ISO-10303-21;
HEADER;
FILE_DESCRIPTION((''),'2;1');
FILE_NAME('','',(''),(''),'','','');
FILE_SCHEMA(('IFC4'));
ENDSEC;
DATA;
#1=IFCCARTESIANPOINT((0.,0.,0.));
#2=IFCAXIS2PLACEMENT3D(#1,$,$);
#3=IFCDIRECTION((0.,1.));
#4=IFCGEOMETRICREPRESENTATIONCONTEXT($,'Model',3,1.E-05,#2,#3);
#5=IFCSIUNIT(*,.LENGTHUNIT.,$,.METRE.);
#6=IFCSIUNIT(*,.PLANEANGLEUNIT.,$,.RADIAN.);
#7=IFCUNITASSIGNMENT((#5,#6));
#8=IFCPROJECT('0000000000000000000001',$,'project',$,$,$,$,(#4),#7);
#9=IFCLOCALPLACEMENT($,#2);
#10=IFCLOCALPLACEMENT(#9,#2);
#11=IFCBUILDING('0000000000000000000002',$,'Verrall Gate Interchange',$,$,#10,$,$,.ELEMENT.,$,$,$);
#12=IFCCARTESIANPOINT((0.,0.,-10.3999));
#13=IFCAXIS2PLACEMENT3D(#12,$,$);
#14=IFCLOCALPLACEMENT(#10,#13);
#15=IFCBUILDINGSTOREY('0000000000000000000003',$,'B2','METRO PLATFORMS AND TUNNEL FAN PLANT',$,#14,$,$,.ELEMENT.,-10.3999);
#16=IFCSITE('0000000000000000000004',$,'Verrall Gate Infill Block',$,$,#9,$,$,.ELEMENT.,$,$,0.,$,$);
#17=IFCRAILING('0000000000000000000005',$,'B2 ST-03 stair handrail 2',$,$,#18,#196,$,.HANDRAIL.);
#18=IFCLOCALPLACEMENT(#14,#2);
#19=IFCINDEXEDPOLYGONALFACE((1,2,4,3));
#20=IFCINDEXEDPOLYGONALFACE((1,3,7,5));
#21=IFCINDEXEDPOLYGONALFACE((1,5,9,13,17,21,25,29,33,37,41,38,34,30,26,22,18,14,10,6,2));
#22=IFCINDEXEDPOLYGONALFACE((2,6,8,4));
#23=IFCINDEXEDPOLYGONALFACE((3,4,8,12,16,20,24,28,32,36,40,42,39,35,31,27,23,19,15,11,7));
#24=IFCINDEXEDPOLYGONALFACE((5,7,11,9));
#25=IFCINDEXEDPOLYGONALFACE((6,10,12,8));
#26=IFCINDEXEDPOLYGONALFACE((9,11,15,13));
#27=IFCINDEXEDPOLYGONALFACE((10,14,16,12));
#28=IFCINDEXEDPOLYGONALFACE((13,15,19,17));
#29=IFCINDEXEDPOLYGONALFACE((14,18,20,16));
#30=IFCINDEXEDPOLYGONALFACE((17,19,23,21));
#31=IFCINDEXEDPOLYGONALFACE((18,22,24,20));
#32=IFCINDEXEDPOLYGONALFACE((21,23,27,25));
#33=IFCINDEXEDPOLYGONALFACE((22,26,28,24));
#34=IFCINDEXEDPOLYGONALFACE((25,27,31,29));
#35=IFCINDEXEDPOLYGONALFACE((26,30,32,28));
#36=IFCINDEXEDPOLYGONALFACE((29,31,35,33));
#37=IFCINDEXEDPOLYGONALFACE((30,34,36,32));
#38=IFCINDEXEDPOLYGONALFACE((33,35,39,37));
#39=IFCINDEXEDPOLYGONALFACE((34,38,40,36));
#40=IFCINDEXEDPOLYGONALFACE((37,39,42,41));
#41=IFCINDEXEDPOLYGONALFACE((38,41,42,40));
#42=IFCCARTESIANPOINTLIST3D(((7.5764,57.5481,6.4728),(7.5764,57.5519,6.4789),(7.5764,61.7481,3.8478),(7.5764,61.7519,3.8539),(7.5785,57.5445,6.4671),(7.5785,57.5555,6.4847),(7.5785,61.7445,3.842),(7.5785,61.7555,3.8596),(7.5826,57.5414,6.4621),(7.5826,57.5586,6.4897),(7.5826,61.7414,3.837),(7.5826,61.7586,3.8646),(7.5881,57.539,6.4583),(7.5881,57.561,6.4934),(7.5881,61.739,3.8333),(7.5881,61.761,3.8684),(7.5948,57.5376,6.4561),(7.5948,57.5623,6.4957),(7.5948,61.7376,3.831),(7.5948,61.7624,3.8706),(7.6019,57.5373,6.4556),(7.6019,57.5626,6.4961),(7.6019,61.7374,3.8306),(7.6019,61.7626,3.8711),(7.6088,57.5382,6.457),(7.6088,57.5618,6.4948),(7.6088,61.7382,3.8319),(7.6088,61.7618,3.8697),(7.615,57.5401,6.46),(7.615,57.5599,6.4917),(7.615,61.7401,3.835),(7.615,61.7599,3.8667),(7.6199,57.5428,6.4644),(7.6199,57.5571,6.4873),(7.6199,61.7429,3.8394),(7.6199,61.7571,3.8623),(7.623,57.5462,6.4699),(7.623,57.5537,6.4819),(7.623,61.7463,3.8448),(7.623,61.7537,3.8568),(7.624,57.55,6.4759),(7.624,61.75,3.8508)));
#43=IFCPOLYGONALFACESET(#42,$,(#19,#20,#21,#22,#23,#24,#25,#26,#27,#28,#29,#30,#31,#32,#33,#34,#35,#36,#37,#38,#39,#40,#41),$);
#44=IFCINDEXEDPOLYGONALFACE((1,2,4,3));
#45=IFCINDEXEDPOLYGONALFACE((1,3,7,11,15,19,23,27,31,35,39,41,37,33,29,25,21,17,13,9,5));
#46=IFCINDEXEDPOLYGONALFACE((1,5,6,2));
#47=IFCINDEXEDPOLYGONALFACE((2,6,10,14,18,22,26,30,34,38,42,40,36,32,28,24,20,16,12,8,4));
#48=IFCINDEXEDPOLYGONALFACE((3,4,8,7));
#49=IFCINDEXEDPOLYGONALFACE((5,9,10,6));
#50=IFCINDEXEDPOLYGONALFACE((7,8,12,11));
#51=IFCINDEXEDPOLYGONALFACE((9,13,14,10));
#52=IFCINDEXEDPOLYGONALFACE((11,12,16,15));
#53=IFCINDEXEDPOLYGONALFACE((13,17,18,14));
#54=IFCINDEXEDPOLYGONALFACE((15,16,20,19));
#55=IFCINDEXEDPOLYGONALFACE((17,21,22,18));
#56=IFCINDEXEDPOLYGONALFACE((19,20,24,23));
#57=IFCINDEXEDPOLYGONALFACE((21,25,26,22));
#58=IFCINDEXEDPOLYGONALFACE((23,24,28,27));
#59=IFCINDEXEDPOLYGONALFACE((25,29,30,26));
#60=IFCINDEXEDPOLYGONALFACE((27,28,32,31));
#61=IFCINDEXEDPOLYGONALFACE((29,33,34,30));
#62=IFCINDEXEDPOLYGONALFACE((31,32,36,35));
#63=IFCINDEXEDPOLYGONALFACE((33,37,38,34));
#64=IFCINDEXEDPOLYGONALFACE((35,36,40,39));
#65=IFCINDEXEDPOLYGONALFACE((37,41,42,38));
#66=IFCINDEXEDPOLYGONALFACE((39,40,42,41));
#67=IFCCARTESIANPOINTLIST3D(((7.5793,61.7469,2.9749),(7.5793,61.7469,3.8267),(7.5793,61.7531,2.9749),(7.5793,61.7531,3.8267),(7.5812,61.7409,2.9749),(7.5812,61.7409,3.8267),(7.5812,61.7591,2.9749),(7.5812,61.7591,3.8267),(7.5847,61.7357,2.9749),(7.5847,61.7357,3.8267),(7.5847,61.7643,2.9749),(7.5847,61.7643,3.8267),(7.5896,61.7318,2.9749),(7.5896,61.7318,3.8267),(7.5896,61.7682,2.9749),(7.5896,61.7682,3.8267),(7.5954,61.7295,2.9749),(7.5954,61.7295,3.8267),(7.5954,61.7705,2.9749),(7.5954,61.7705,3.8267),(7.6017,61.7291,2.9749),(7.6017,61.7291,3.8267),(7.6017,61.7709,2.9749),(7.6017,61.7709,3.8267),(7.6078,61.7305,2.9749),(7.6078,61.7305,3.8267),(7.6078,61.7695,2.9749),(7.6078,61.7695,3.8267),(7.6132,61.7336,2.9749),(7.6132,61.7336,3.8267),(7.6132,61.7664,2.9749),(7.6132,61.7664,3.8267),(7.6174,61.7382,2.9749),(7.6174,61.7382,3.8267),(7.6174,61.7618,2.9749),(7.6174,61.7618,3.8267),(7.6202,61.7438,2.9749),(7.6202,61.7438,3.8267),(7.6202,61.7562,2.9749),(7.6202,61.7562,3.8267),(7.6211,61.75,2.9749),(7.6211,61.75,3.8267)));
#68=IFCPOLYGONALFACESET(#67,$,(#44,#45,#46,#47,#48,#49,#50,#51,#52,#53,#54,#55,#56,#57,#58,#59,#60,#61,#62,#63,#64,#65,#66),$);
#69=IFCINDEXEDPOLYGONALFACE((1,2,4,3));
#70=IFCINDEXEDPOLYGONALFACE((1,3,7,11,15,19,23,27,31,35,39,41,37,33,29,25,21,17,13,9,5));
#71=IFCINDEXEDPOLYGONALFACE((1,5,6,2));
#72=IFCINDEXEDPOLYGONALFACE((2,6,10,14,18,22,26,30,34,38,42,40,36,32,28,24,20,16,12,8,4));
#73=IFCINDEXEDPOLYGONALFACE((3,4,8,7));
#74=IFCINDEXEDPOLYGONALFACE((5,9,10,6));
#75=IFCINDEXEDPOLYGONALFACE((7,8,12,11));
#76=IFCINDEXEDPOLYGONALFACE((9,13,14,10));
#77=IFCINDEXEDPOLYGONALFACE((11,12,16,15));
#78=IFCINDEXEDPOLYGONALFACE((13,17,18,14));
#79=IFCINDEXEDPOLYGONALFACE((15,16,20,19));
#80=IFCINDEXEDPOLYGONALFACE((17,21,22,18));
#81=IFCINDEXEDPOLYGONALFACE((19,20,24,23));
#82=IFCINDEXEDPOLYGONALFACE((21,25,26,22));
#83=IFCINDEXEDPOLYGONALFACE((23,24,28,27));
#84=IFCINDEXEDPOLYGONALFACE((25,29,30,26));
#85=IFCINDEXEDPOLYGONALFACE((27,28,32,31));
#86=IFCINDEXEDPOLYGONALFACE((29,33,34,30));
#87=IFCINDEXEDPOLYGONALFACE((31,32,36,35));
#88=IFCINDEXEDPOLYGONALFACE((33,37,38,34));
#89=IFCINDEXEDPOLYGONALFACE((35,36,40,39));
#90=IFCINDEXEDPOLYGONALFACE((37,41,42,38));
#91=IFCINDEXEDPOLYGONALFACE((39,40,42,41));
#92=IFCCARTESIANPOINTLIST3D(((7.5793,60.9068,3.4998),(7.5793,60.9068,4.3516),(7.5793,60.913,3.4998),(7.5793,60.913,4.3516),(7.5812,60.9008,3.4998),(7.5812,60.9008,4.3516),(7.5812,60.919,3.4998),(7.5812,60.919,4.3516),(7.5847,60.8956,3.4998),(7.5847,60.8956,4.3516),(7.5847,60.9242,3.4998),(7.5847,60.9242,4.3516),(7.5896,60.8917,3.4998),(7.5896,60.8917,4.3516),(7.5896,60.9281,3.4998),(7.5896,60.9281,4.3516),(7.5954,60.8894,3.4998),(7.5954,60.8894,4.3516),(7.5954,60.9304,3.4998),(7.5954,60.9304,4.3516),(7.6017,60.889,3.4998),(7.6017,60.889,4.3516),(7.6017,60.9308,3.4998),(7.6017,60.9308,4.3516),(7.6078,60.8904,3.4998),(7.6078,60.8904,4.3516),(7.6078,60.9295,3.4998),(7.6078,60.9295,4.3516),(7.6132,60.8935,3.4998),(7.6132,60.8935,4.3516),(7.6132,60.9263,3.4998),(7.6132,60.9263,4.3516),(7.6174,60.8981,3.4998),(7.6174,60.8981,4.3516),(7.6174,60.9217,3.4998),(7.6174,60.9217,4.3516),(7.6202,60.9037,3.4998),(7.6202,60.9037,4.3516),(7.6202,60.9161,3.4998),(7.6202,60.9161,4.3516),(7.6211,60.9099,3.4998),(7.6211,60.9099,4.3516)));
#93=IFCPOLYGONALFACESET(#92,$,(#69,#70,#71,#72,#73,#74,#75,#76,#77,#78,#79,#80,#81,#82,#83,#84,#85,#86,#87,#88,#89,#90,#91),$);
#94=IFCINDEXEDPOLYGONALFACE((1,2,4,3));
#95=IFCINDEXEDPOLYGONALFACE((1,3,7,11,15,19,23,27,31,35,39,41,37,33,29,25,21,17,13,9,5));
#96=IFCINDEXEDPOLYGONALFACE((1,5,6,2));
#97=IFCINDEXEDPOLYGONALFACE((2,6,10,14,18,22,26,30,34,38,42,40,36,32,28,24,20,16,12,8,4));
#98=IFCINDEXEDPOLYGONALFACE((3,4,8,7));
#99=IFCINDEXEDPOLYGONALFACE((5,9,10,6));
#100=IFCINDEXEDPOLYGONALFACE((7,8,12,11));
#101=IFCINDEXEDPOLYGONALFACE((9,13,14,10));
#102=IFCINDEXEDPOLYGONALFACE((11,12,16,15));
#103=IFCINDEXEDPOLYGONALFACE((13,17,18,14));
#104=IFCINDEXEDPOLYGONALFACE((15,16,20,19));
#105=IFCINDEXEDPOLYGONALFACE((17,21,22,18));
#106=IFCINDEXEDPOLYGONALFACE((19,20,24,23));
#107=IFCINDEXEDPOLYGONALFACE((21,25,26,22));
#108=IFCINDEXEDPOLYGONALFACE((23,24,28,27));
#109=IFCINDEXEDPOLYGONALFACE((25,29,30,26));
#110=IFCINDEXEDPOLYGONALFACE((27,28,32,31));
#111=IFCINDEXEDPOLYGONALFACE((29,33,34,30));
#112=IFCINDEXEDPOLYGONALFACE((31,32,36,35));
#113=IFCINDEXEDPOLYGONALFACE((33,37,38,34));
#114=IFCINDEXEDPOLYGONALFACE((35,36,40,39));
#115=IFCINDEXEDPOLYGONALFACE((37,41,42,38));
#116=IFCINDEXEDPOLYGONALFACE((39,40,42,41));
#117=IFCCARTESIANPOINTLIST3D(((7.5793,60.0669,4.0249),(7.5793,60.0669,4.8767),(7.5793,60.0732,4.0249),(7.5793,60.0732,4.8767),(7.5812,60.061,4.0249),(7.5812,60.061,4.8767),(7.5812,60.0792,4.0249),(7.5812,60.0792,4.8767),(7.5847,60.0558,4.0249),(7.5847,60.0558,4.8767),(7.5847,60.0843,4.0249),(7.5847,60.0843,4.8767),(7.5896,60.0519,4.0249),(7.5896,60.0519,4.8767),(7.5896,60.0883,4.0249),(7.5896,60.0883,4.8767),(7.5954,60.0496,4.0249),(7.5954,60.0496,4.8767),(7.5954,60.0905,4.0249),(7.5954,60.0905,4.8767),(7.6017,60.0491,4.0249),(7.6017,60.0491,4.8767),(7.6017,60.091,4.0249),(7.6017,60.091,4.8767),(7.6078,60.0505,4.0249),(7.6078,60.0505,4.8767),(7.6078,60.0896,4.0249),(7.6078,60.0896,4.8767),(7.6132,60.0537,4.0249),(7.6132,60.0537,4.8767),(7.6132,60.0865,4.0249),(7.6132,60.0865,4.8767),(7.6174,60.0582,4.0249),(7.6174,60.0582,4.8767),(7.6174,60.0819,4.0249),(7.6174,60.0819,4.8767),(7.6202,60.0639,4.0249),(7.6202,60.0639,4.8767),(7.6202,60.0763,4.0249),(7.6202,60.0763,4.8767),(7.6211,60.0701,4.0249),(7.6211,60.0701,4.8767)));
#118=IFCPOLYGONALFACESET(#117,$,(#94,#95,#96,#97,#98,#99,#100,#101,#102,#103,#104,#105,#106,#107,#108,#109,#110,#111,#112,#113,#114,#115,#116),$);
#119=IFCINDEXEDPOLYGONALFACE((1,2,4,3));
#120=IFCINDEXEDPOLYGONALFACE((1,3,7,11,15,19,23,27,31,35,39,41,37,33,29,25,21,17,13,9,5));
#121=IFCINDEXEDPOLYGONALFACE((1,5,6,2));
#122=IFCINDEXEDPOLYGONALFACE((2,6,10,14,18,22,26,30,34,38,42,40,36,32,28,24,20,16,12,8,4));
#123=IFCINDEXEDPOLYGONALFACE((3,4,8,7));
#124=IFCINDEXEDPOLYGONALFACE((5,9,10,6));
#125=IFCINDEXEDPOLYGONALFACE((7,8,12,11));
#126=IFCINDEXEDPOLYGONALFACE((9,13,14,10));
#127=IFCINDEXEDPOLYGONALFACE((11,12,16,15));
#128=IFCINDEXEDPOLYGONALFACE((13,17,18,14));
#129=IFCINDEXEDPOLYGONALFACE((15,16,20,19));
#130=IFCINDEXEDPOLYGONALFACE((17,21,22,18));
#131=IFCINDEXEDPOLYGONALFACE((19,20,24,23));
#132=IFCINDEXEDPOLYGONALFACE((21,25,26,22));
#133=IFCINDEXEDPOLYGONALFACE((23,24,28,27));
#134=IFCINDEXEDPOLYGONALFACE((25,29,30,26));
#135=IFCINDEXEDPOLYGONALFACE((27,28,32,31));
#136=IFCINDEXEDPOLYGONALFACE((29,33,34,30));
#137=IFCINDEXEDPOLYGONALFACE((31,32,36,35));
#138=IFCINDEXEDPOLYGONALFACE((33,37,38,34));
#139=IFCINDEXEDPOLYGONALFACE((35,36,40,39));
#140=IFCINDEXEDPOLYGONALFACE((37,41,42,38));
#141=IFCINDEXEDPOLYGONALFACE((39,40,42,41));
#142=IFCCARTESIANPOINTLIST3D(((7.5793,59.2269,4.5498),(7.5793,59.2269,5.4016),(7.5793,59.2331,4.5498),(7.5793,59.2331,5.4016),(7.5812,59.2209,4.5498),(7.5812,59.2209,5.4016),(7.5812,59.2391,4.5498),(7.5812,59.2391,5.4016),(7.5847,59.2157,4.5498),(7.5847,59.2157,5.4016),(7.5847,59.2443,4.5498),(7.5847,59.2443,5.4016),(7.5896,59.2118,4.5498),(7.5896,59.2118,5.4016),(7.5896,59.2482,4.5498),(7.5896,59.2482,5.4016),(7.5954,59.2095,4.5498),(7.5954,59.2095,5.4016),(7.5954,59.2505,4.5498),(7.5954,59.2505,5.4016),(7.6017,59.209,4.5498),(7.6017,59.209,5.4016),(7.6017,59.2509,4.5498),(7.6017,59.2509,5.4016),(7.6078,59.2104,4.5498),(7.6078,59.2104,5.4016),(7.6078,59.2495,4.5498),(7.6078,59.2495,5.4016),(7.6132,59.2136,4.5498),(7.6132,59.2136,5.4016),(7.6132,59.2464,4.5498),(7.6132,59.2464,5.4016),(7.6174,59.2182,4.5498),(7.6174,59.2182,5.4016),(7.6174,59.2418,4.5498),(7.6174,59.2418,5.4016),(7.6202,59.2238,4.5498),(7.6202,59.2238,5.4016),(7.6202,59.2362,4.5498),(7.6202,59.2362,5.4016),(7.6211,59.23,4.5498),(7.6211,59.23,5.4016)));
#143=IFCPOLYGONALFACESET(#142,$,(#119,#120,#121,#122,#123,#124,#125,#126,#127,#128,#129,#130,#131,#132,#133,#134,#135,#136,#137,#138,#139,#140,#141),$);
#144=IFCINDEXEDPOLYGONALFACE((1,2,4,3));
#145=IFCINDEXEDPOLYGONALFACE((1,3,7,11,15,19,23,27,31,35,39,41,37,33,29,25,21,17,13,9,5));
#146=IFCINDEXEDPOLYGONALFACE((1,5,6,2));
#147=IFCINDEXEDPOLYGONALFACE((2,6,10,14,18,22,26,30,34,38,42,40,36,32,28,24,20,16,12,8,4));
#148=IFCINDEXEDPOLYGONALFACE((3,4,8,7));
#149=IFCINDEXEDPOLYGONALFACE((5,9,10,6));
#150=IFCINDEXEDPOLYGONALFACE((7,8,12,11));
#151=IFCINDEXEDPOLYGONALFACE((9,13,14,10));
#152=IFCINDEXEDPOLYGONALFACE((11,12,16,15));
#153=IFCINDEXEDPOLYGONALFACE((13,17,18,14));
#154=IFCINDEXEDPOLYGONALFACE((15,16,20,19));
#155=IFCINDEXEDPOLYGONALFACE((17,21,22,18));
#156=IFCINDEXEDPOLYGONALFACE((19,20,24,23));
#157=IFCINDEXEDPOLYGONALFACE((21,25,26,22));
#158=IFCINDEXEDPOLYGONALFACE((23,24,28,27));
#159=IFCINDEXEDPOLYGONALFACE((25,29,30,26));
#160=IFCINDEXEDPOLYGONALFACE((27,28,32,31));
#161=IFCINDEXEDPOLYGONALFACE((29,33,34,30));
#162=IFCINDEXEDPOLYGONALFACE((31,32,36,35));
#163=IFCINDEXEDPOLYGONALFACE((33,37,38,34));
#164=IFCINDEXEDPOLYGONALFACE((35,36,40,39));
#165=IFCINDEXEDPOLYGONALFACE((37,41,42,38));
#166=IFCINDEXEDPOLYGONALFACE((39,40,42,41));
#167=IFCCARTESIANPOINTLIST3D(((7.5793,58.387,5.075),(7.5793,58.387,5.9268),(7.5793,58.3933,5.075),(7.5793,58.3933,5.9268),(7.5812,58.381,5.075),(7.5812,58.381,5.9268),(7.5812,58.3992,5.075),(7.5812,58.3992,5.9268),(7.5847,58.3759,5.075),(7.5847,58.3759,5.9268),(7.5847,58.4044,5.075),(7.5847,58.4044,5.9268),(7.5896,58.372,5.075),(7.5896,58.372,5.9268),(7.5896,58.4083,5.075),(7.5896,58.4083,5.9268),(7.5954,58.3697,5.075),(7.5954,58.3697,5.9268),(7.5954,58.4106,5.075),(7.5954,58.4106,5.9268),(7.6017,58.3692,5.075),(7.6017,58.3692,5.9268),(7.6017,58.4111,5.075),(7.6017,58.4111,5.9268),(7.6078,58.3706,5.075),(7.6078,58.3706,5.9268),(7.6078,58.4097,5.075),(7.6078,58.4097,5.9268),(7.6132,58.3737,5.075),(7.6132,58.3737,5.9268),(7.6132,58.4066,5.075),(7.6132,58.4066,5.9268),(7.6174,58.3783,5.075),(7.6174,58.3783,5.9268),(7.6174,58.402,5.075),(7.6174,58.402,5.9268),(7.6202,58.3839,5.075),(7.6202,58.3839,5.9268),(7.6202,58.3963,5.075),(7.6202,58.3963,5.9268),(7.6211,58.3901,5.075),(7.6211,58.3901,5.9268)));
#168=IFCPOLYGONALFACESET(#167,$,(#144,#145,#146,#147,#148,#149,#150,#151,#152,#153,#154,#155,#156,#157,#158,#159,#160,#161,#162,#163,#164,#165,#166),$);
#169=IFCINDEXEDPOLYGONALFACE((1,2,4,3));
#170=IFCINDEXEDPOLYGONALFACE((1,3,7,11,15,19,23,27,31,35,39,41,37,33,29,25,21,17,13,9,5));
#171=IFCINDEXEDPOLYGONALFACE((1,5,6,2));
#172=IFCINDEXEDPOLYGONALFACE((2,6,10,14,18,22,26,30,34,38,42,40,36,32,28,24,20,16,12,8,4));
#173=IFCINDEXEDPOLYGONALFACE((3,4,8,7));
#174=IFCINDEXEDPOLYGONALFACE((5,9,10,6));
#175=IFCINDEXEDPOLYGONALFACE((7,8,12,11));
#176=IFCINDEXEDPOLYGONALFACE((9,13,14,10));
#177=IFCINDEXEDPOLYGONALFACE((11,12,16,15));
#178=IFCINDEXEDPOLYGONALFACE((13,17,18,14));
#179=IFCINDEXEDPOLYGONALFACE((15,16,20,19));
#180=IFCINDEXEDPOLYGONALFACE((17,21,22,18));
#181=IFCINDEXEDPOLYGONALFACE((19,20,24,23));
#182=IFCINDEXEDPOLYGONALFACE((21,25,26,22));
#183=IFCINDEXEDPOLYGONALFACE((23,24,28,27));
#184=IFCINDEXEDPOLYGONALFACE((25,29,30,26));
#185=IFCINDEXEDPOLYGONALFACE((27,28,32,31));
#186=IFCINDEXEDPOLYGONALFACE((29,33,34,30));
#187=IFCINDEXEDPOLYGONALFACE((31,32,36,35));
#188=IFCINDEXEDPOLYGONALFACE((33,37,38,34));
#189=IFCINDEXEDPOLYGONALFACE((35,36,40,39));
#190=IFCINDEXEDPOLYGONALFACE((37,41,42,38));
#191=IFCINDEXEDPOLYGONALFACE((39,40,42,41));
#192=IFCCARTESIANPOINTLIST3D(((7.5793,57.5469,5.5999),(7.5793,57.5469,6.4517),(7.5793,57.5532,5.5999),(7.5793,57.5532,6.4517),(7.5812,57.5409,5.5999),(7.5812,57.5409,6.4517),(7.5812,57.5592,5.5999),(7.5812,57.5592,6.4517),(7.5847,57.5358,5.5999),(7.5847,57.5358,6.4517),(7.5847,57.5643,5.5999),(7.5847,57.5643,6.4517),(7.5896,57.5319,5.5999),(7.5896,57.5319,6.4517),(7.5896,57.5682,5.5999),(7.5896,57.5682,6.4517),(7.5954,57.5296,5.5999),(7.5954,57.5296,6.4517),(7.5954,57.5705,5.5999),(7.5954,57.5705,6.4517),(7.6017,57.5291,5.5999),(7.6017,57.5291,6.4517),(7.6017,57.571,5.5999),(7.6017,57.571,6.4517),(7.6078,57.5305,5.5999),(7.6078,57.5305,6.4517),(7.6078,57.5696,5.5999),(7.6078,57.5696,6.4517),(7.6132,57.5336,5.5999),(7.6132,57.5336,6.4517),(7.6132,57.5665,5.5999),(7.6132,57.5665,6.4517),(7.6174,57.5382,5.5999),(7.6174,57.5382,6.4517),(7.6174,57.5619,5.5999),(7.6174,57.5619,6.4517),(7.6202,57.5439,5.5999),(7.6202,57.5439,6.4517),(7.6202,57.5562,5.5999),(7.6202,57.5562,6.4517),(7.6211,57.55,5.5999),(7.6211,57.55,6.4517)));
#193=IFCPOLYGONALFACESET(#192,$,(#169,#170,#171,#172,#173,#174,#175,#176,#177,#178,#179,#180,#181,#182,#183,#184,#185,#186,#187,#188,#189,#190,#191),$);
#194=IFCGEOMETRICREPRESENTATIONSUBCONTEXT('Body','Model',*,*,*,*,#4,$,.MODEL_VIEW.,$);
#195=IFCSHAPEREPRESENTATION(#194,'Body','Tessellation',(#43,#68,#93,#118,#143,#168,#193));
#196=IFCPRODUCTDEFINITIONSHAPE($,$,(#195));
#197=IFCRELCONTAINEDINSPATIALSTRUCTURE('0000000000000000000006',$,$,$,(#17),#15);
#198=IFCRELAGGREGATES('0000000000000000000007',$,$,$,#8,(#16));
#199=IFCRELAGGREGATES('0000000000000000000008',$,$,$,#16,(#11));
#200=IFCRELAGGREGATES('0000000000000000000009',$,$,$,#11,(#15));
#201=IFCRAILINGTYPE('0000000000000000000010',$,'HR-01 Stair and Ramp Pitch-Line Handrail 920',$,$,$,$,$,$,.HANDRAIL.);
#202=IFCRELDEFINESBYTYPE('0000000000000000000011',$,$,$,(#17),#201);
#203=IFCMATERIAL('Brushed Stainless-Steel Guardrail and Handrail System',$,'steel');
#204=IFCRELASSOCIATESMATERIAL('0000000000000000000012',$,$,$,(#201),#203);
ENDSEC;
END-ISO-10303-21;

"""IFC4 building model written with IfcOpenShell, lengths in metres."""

from ifc_helpers import new_model, si_unit, direction, frame, origin, origin_2d, place, context, subcontext, project, spatial, circle, extrude, material, type_object, element, save


model = new_model("IFC4")

# Units and contexts
model_context = context("Model", 3, precision=1e-05, world=origin(), true_north=direction((0.0, 1.0)))
body_context = subcontext(model_context, "Body", "Model", "MODEL_VIEW")
ifc_project = project(units=[si_unit("LENGTHUNIT", "METRE"), si_unit("PLANEANGLEUNIT", "RADIAN")], contexts=[model_context])

# Site, building, storey
site_placement = place(None, origin())
site = spatial("IfcSite", under=ifc_project, at=site_placement, Name="Verrall Gate Infill Block", CompositionType="ELEMENT", RefElevation=0.0)
building_placement = place(site_placement, origin())
building = spatial("IfcBuilding", under=site, at=building_placement, Name="Verrall Gate Interchange", CompositionType="ELEMENT")
storey_placement = place(building_placement, frame((0.0, 0.0, -10.3999)))
storey = spatial("IfcBuildingStorey", under=building, at=storey_placement, Name="B2", Description="METRO PLATFORMS AND TUNNEL FAN PLANT", CompositionType="ELEMENT", Elevation=-10.3999)

# Railing
ifc_material_1 = material(Name="Brushed Stainless-Steel Guardrail and Handrail System", Category="steel")
railing_type_1 = type_object("IfcRailingType", Name="HR-01 Stair and Ramp Pitch-Line Handrail 920", PredefinedType="HANDRAIL", material=ifc_material_1)
railing_1_placement = place(storey_placement, frame((7.6001, 61.75, 2.9749)))
element("IfcRailing", 1, at=railing_1_placement, inside=storey, type_object=railing_type_1, Name="B2 ST-03 stair handrail 2", PredefinedType="HANDRAIL", context=body_context, shape_type="SweptSolid", body=[
    extrude(circle(Radius=0.0239, at=origin_2d()), frame((0.0, 0.0, 0.876), z_axis=(0.0, -0.847996, 0.530003), x_axis=(1.0, 0.0, 0.0)), (0.0, 0.0, 1.0), 4.9529),
    extrude(circle(Radius=0.021, at=origin_2d()), origin(), (0.0, 0.0, 1.0), 0.8518),
    extrude(circle(Radius=0.021, at=origin_2d()), frame((0.0, -0.8401, 0.5249)), (0.0, 0.0, 1.0), 0.8518),
    extrude(circle(Radius=0.021, at=origin_2d()), frame((0.0, -1.6799, 1.05)), (0.0, 0.0, 1.0), 0.8518),
    extrude(circle(Radius=0.021, at=origin_2d()), frame((0.0, -2.52, 1.575)), (0.0, 0.0, 1.0), 0.8518),
    extrude(circle(Radius=0.021, at=origin_2d()), frame((0.0, -3.3599, 2.1001)), (0.0, 0.0, 1.0), 0.8518),
    extrude(circle(Radius=0.021, at=origin_2d()), frame((0.0, -4.2, 2.625)), (0.0, 0.0, 1.0), 0.8518),
])

save(model, "model.ifc")
